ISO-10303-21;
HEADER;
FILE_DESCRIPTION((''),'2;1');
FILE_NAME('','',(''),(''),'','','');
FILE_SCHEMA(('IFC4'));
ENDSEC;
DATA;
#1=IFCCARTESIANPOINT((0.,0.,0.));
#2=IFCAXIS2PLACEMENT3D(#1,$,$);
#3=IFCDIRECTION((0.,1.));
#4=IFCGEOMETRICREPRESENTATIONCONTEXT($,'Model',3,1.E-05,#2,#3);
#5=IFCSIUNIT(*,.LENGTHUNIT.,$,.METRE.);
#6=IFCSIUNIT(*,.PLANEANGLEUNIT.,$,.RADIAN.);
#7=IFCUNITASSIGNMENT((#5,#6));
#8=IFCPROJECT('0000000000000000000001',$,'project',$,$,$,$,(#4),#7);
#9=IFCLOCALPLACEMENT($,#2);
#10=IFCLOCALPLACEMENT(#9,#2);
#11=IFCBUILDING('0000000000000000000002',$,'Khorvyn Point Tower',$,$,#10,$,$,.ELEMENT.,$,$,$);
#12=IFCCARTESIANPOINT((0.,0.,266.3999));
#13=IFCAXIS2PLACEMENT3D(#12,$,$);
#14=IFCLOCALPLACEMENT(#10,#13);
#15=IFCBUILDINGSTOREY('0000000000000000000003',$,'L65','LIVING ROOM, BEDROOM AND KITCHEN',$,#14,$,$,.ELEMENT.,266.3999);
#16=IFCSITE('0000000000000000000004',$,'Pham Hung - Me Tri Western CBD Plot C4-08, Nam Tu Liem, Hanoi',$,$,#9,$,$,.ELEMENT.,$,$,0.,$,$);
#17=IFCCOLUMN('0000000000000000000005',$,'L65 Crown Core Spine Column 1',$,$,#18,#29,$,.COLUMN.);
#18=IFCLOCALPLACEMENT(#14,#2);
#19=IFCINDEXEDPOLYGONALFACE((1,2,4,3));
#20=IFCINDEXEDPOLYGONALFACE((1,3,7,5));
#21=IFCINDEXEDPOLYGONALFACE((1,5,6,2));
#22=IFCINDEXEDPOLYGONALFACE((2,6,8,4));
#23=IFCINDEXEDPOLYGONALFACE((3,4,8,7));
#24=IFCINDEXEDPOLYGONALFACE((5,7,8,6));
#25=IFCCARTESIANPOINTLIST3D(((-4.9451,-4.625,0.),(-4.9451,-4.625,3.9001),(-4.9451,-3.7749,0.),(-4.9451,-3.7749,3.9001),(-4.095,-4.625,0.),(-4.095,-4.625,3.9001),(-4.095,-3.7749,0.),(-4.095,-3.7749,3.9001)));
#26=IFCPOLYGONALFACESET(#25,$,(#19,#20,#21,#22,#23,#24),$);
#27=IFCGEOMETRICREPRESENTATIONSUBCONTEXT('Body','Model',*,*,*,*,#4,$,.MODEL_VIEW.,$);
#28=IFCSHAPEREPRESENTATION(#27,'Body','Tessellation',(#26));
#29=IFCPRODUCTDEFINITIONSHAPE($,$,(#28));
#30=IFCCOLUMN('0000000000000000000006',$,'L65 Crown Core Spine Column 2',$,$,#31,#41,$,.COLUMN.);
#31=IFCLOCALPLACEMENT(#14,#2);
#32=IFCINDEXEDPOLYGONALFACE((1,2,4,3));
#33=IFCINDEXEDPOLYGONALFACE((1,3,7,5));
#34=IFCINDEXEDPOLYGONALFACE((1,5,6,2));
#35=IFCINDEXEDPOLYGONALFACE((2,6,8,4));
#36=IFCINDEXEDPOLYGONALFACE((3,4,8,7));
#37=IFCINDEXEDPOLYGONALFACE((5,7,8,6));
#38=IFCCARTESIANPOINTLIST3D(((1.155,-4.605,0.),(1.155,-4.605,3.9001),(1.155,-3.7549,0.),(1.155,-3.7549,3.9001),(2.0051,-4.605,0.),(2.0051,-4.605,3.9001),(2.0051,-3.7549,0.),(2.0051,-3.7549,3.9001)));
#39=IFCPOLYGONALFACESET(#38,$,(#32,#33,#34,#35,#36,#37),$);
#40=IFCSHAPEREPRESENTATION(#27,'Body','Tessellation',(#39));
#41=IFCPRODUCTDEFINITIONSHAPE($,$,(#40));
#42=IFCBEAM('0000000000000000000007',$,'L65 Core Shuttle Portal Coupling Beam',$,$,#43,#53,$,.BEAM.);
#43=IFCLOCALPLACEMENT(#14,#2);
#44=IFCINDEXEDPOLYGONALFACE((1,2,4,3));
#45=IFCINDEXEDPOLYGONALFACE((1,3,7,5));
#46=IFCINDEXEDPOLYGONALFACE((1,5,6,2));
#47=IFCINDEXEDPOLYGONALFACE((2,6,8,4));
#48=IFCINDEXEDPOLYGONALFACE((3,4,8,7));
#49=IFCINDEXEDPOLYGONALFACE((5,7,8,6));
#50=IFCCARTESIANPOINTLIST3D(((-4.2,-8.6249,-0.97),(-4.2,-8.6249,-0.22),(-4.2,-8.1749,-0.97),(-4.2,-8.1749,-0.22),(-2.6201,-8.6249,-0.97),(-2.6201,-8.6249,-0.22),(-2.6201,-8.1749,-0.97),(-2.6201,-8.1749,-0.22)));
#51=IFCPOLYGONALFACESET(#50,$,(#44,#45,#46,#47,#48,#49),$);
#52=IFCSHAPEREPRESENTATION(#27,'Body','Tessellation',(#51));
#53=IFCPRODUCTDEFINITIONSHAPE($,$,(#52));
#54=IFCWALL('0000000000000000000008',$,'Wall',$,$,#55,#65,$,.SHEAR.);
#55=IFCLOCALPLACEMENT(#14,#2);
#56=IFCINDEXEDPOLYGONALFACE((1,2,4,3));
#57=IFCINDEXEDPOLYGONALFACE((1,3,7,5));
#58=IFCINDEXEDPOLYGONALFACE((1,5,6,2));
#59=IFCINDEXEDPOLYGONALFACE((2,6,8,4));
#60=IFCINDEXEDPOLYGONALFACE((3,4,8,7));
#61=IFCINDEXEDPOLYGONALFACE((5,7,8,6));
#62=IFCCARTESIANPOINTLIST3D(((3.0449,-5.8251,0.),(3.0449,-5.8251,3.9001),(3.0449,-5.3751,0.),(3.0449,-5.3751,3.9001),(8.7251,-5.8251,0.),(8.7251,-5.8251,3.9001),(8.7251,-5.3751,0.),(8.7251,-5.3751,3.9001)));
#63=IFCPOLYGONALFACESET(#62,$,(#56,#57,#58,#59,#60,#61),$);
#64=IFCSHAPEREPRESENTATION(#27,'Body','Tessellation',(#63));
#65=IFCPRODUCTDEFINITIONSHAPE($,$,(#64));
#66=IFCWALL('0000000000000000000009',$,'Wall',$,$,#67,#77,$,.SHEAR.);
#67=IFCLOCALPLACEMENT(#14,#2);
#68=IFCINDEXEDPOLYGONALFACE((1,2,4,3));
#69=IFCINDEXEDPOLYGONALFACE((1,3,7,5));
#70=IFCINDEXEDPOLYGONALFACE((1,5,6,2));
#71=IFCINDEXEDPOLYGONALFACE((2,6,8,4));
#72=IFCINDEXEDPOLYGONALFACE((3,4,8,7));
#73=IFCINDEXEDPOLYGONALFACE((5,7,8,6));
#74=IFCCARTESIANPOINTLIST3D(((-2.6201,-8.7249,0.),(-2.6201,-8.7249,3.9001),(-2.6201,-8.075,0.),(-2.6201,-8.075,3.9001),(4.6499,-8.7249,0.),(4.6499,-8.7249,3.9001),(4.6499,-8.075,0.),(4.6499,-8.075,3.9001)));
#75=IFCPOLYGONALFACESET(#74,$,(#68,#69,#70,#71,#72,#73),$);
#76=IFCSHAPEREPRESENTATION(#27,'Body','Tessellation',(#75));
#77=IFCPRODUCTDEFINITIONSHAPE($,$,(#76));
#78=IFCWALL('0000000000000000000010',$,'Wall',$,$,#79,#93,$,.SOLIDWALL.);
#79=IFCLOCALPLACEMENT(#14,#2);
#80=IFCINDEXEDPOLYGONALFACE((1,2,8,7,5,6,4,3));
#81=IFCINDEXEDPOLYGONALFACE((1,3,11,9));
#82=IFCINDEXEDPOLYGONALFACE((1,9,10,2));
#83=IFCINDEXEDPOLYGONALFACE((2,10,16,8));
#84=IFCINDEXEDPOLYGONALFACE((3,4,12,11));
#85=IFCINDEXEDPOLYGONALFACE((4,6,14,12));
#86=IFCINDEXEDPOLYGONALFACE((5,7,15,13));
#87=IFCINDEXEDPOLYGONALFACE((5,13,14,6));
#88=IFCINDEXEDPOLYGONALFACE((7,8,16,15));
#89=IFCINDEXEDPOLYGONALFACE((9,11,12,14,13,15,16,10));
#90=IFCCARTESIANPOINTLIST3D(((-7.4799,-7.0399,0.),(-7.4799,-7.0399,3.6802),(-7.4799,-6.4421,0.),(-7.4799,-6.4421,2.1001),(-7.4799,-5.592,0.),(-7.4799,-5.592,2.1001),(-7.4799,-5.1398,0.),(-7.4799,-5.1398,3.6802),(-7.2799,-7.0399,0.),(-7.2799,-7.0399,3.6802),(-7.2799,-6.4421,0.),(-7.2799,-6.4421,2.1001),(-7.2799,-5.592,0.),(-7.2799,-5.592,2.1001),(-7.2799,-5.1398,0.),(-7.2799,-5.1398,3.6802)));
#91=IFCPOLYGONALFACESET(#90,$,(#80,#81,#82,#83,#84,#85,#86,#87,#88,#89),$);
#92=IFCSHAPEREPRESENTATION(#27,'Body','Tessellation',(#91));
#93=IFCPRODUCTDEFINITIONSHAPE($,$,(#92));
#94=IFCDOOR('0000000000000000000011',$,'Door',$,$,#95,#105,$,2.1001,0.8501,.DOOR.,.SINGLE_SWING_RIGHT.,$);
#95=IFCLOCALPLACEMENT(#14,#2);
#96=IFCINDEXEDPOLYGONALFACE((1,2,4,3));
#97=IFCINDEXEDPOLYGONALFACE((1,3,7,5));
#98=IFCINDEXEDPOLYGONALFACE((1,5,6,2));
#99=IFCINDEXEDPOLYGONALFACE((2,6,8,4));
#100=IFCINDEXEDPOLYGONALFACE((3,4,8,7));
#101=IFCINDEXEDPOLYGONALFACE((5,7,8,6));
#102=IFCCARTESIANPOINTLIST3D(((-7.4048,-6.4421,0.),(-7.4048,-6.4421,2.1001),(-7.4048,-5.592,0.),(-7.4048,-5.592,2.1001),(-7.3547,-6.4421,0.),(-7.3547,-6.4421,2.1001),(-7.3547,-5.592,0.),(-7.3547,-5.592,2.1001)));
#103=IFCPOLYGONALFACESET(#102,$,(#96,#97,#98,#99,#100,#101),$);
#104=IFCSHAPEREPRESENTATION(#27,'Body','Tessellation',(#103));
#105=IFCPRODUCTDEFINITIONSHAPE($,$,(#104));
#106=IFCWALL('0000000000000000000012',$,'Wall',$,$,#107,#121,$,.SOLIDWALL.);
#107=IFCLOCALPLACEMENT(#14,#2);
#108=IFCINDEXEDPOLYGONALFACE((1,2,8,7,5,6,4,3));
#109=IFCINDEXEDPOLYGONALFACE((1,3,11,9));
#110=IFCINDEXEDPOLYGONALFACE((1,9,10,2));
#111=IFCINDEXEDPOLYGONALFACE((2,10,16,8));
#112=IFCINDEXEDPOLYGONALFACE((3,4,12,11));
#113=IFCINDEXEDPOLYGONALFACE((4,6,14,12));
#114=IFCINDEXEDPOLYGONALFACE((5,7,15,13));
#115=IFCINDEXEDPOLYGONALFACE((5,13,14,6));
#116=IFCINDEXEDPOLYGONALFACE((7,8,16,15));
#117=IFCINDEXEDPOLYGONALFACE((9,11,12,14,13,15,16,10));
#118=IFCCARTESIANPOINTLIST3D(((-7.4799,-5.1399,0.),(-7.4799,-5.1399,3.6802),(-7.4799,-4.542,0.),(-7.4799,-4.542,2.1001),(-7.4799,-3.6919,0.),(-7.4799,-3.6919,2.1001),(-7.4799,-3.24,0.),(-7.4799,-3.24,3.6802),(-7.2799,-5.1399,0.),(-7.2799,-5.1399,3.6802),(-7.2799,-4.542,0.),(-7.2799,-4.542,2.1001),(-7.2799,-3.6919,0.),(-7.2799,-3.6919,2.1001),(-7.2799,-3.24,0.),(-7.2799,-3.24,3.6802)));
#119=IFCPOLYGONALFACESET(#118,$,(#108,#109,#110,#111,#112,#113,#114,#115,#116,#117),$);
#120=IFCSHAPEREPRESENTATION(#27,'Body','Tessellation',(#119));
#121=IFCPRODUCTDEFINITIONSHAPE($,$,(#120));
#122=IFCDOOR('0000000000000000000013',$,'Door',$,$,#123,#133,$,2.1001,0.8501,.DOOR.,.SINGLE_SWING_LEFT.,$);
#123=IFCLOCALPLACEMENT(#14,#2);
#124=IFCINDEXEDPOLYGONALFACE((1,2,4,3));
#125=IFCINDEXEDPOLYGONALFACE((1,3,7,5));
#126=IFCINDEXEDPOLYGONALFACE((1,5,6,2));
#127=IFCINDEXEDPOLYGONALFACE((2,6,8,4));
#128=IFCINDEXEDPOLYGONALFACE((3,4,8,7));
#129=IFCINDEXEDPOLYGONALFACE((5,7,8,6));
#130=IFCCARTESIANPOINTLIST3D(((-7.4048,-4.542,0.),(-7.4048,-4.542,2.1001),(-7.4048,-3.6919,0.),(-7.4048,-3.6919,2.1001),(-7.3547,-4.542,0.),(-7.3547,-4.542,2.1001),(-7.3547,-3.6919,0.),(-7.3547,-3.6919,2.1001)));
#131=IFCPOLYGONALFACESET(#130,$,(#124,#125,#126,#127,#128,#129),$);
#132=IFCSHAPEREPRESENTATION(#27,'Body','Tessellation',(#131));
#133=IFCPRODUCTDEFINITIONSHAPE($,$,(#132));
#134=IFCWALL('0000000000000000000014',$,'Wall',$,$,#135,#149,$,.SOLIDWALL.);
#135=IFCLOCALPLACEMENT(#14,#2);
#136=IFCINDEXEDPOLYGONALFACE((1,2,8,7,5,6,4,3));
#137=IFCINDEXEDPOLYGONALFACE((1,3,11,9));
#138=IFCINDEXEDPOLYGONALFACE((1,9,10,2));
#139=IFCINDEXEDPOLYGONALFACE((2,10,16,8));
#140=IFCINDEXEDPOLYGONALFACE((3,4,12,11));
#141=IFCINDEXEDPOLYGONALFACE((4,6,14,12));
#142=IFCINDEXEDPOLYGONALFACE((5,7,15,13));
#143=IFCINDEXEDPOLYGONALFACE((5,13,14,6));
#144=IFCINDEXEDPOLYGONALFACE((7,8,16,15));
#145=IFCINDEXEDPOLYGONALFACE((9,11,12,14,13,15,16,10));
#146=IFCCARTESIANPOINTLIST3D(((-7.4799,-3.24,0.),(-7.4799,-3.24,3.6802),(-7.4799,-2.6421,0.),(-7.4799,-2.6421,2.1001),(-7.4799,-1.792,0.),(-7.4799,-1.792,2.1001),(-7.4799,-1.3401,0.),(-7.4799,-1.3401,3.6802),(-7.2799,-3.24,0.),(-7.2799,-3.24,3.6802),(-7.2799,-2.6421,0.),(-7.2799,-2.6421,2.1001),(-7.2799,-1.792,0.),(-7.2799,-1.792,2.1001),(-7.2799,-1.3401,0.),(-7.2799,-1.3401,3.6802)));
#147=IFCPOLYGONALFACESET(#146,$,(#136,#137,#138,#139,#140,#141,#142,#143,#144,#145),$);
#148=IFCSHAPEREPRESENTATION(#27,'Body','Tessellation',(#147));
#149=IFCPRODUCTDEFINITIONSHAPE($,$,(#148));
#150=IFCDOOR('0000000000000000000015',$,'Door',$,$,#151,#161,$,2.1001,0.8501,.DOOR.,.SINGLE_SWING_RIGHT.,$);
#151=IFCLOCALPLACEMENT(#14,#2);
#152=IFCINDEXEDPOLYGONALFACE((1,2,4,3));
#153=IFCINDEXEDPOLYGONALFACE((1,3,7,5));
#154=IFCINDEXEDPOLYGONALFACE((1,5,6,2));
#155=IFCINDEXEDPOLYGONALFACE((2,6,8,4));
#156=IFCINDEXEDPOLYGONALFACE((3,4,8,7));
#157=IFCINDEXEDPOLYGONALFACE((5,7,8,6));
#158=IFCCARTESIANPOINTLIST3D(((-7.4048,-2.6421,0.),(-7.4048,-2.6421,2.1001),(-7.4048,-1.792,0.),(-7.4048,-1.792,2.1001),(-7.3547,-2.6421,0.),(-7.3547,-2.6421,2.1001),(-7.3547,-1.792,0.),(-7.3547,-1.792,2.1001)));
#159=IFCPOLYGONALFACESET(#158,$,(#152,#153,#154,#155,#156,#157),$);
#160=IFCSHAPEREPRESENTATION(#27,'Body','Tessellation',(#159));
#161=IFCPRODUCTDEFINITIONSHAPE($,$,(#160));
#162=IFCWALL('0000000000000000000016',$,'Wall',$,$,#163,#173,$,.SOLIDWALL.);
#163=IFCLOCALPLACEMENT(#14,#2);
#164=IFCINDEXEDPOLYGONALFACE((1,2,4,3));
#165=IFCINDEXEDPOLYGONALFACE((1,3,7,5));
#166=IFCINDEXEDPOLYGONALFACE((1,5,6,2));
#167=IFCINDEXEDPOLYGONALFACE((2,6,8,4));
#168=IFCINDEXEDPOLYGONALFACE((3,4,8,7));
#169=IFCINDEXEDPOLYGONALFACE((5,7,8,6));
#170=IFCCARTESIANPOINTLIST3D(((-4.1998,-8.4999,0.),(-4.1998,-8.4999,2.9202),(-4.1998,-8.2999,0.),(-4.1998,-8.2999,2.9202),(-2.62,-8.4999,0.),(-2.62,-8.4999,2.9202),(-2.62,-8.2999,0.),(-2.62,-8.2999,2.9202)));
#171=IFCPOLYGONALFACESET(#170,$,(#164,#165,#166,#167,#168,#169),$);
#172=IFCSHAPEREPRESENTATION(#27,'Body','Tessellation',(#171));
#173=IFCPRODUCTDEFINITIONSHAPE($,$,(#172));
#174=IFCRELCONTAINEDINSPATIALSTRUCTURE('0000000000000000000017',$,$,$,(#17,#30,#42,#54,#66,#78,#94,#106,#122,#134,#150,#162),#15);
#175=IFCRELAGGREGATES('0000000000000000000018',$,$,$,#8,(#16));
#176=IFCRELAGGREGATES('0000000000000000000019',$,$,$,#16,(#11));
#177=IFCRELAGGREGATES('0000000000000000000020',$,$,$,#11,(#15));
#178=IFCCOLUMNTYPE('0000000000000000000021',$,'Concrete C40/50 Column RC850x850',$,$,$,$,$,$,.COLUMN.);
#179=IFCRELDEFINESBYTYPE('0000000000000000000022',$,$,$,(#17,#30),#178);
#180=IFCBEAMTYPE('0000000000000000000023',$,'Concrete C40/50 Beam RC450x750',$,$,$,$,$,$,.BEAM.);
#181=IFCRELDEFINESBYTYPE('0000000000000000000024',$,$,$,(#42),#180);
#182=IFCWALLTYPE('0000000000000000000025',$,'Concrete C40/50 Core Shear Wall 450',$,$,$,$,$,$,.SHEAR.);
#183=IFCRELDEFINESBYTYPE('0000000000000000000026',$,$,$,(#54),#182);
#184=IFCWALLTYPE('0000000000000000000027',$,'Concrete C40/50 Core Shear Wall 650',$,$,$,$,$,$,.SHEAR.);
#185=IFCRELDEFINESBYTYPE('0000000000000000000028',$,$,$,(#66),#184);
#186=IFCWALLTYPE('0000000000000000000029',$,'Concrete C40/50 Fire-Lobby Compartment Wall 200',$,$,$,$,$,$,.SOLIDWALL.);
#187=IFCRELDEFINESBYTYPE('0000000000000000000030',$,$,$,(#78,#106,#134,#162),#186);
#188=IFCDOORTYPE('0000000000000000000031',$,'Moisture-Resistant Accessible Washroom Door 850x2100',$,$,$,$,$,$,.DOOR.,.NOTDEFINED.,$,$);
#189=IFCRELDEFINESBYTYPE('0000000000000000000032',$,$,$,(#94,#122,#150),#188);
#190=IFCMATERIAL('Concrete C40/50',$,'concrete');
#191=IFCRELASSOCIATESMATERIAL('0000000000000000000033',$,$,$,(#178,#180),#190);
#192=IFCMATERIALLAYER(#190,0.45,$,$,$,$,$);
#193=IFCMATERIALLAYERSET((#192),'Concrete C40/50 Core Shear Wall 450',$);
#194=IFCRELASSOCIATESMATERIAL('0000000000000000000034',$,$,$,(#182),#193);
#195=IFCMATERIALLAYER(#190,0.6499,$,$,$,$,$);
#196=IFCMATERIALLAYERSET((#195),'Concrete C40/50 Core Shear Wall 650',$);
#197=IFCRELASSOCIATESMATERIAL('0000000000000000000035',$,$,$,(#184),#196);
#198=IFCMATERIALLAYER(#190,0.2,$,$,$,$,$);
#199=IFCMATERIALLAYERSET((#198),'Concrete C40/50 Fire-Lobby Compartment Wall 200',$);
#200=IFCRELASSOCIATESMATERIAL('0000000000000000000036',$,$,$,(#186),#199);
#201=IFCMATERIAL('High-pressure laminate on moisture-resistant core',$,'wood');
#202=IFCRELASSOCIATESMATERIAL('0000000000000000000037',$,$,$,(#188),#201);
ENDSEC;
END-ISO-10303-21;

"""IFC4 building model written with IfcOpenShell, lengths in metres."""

from ifc_helpers import new_model, si_unit, direction, frame, frame_2d, origin, origin_2d, place, context, subcontext, project, spatial, rectangle, extrude, material, layer, layer_set, material_profile, profile_set, type_object, element, fill, save


model = new_model("IFC4")

# Units and contexts
model_context = context("Model", 3, precision=1e-05, world=origin(), true_north=direction((0.0, 1.0)))
body_context = subcontext(model_context, "Body", "Model", "MODEL_VIEW")
ifc_project = project(units=[si_unit("LENGTHUNIT", "METRE"), si_unit("PLANEANGLEUNIT", "RADIAN")], contexts=[model_context])

# Site, building, storey
site_placement = place(None, origin())
site = spatial("IfcSite", under=ifc_project, at=site_placement, Name="Pham Hung - Me Tri Western CBD Plot C4-08, Nam Tu Liem, Hanoi", CompositionType="ELEMENT", RefElevation=0.0)
building_placement = place(site_placement, origin())
building = spatial("IfcBuilding", under=site, at=building_placement, Name="Khorvyn Point Tower", CompositionType="ELEMENT")
storey_placement = place(building_placement, frame((0.0, 0.0, 266.3999)))
storey = spatial("IfcBuildingStorey", under=building, at=storey_placement, Name="L65", Description="LIVING ROOM, BEDROOM AND KITCHEN", CompositionType="ELEMENT", Elevation=266.3999)

# Columns
ifc_material_1 = material(Name="Concrete C40/50", Category="concrete")
ifc_material_profile_1 = material_profile(ifc_material_1, rectangle(XDim=0.8501, YDim=0.8501, at=origin_2d()))
ifc_profile_set_1 = profile_set([ifc_material_profile_1], Name="Concrete C40/50 RC850x850")
column_type = type_object("IfcColumnType", Name="Concrete C40/50 Column RC850x850", PredefinedType="COLUMN", material=ifc_profile_set_1)
for number, where, z_axis, x_axis, name in (
    (1, (-4.52, -4.2, 0.0), (0.0, 0.0, 1.0), (1.0, 0.0, 0.0), "L65 Crown Core Spine Column 1"),
    (2, (1.5801, -4.1799, 0.0), (0.0, 0.0, 1.0), (1.0, 0.0, 0.0), "L65 Crown Core Spine Column 2"),
):
    element("IfcColumn", number, at=place(storey_placement, frame(where, z_axis=z_axis, x_axis=x_axis)), inside=storey, type_object=column_type, Name=name, PredefinedType="COLUMN", context=body_context, shape_type="SweptSolid", body=[
        extrude(rectangle(XDim=0.8501, YDim=0.8501, at=origin_2d()), origin(), (0.0, 0.0, 1.0), 3.9001),
    ])

# Beam
ifc_material_profile_2 = material_profile(ifc_material_1, rectangle(XDim=0.45, YDim=0.75, at=origin_2d()))
ifc_profile_set_2 = profile_set([ifc_material_profile_2], Name="Concrete C40/50 RC450x750")
beam_type = type_object("IfcBeamType", Name="Concrete C40/50 Beam RC450x750", PredefinedType="BEAM", material=ifc_profile_set_2)
beam_placement = place(storey_placement, frame((-4.2, -8.3999, -0.595), z_axis=(1.0, 0.0, 0.0), x_axis=(0.0, 1.0, 0.0)))
element("IfcBeam", 3, at=beam_placement, inside=storey, type_object=beam_type, Name="L65 Core Shuttle Portal Coupling Beam", PredefinedType="BEAM", context=body_context, shape_type="SweptSolid", body=[
    extrude(rectangle(XDim=0.45, YDim=0.75, at=origin_2d()), origin(), (0.0, 0.0, 1.0), 1.5798),
])

# Walls
ifc_layer_1 = layer(ifc_material_1, 0.45)
ifc_layer_set_1 = layer_set([ifc_layer_1], Name="Concrete C40/50 Core Shear Wall 450")
wall_type_1 = type_object("IfcWallType", Name="Concrete C40/50 Core Shear Wall 450", PredefinedType="SHEAR", material=ifc_layer_set_1)
wall_1_placement = place(storey_placement, frame((3.0449, -5.6001, 0.0), z_axis=(0.0, 0.0, 1.0), x_axis=(1.0, 0.0, 0.0)))
element("IfcWall", 4, at=wall_1_placement, inside=storey, type_object=wall_type_1, Name="Wall", PredefinedType="SHEAR", context=body_context, shape_type="SweptSolid", body=[
    extrude(rectangle(XDim=5.6802, YDim=0.45, at=frame_2d((2.8401, 0.0))), origin(), (0.0, 0.0, 1.0), 3.9001),
])
ifc_layer_2 = layer(ifc_material_1, 0.6499)
ifc_layer_set_2 = layer_set([ifc_layer_2], Name="Concrete C40/50 Core Shear Wall 650")
wall_type_2 = type_object("IfcWallType", Name="Concrete C40/50 Core Shear Wall 650", PredefinedType="SHEAR", material=ifc_layer_set_2)
wall_2_placement = place(storey_placement, frame((-2.6201, -8.3999, 0.0), z_axis=(0.0, 0.0, 1.0), x_axis=(1.0, 0.0, 0.0)))
element("IfcWall", 5, at=wall_2_placement, inside=storey, type_object=wall_type_2, Name="Wall", PredefinedType="SHEAR", context=body_context, shape_type="SweptSolid", body=[
    extrude(rectangle(XDim=7.27, YDim=0.6499, at=frame_2d((3.635, 0.0))), origin(), (0.0, 0.0, 1.0), 3.9001),
])

# Walls, openings, doors
ifc_layer_3 = layer(ifc_material_1, 0.2)
ifc_layer_set_3 = layer_set([ifc_layer_3], Name="Concrete C40/50 Fire-Lobby Compartment Wall 200")
wall_type_3 = type_object("IfcWallType", Name="Concrete C40/50 Fire-Lobby Compartment Wall 200", PredefinedType="SOLIDWALL", material=ifc_layer_set_3)
wall_3_placement = place(storey_placement, frame((-7.3799, -7.04, 0.0), z_axis=(0.0, 0.0, 1.0), x_axis=(0.0, 1.0, 0.0)))
wall_3 = element("IfcWall", 6, at=wall_3_placement, inside=storey, type_object=wall_type_3, Name="Wall", PredefinedType="SOLIDWALL", context=body_context, shape_type="SweptSolid", body=[
    extrude(rectangle(XDim=1.9001, YDim=0.2, at=frame_2d((0.9502, 0.0))), origin(), (0.0, 0.0, 1.0), 3.6802),
])
opening_1_placement = place(wall_3_placement, frame((0.5979, 0.0, 0.0)))
opening_1 = element("IfcOpeningElement", 7, at=opening_1_placement, cuts=wall_3, PredefinedType="OPENING", context=body_context, shape_type="SweptSolid", body=[
    extrude(rectangle(XDim=0.8501, YDim=2.1001, at=frame_2d((0.425, 1.05))), frame((0.0, 0.1099, 0.0), z_axis=(0.0, -1.0, 0.0), x_axis=(1.0, 0.0, 0.0)), (0.0, 0.0, 1.0), 0.22),
])
ifc_material_2 = material(Name="High-pressure laminate on moisture-resistant core", Category="wood")
door_type_1 = type_object("IfcDoorType", Name="Moisture-Resistant Accessible Washroom Door 850x2100", OperationType="NOTDEFINED", PredefinedType="DOOR", material=ifc_material_2)
door_1_placement = place(opening_1_placement, origin())
door_1 = element("IfcDoor", 8, at=door_1_placement, inside=storey, type_object=door_type_1, Name="Door", OperationType="SINGLE_SWING_RIGHT", OverallHeight=2.1001, OverallWidth=0.8501, PredefinedType="DOOR", context=body_context, shape_type="SweptSolid", body=[
    extrude(rectangle(XDim=0.8501, YDim=2.1001, at=frame_2d((0.425, 1.05))), frame((0.0, 0.0249, 0.0), z_axis=(0.0, -1.0, 0.0), x_axis=(1.0, 0.0, 0.0)), (0.0, 0.0, 1.0), 0.05),
])
fill(opening_1, door_1)
wall_4_placement = place(storey_placement, frame((-7.3799, -5.1399, 0.0), z_axis=(0.0, 0.0, 1.0), x_axis=(0.0, 1.0, 0.0)))
wall_4 = element("IfcWall", 9, at=wall_4_placement, inside=storey, type_object=wall_type_3, Name="Wall", PredefinedType="SOLIDWALL", context=body_context, shape_type="SweptSolid", body=[
    extrude(rectangle(XDim=1.8999, YDim=0.2, at=frame_2d((0.95, 0.0))), origin(), (0.0, 0.0, 1.0), 3.6802),
])
opening_2_placement = place(wall_4_placement, frame((0.5979, 0.0, 0.0)))
opening_2 = element("IfcOpeningElement", 10, at=opening_2_placement, cuts=wall_4, PredefinedType="OPENING", context=body_context, shape_type="SweptSolid", body=[
    extrude(rectangle(XDim=0.8501, YDim=2.1001, at=frame_2d((0.425, 1.05))), frame((0.0, 0.1099, 0.0), z_axis=(0.0, -1.0, 0.0), x_axis=(1.0, 0.0, 0.0)), (0.0, 0.0, 1.0), 0.22),
])
door_2_placement = place(opening_2_placement, origin())
door_2 = element("IfcDoor", 11, at=door_2_placement, inside=storey, type_object=door_type_1, Name="Door", OperationType="SINGLE_SWING_LEFT", OverallHeight=2.1001, OverallWidth=0.8501, PredefinedType="DOOR", context=body_context, shape_type="SweptSolid", body=[
    extrude(rectangle(XDim=0.8501, YDim=2.1001, at=frame_2d((0.425, 1.05))), frame((0.0, 0.0249, 0.0), z_axis=(0.0, -1.0, 0.0), x_axis=(1.0, 0.0, 0.0)), (0.0, 0.0, 1.0), 0.05),
])
fill(opening_2, door_2)
wall_5_placement = place(storey_placement, frame((-7.3799, -3.24, 0.0), z_axis=(0.0, 0.0, 1.0), x_axis=(0.0, 1.0, 0.0)))
wall_5 = element("IfcWall", 12, at=wall_5_placement, inside=storey, type_object=wall_type_3, Name="Wall", PredefinedType="SOLIDWALL", context=body_context, shape_type="SweptSolid", body=[
    extrude(rectangle(XDim=1.8999, YDim=0.2, at=frame_2d((0.95, 0.0))), origin(), (0.0, 0.0, 1.0), 3.6802),
])
opening_3_placement = place(wall_5_placement, frame((0.5979, 0.0, 0.0)))
opening_3 = element("IfcOpeningElement", 13, at=opening_3_placement, cuts=wall_5, PredefinedType="OPENING", context=body_context, shape_type="SweptSolid", body=[
    extrude(rectangle(XDim=0.8501, YDim=2.1001, at=frame_2d((0.425, 1.05))), frame((0.0, 0.1099, 0.0), z_axis=(0.0, -1.0, 0.0), x_axis=(1.0, 0.0, 0.0)), (0.0, 0.0, 1.0), 0.22),
])
door_3_placement = place(opening_3_placement, origin())
door_3 = element("IfcDoor", 14, at=door_3_placement, inside=storey, type_object=door_type_1, Name="Door", OperationType="SINGLE_SWING_RIGHT", OverallHeight=2.1001, OverallWidth=0.8501, PredefinedType="DOOR", context=body_context, shape_type="SweptSolid", body=[
    extrude(rectangle(XDim=0.8501, YDim=2.1001, at=frame_2d((0.425, 1.05))), frame((0.0, 0.0249, 0.0), z_axis=(0.0, -1.0, 0.0), x_axis=(1.0, 0.0, 0.0)), (0.0, 0.0, 1.0), 0.05),
])
fill(opening_3, door_3)

# Wall
wall_6_placement = place(storey_placement, frame((-4.2, -8.3999, 0.0), z_axis=(0.0, 0.0, 1.0), x_axis=(1.0, 0.0, 0.0)))
element("IfcWall", 15, at=wall_6_placement, inside=storey, type_object=wall_type_3, Name="Wall", PredefinedType="SOLIDWALL", context=body_context, shape_type="SweptSolid", body=[
    extrude(rectangle(XDim=1.5798, YDim=0.2, at=frame_2d((0.79, 0.0))), origin(), (0.0, 0.0, 1.0), 2.9202),
])

save(model, "model.ifc")
